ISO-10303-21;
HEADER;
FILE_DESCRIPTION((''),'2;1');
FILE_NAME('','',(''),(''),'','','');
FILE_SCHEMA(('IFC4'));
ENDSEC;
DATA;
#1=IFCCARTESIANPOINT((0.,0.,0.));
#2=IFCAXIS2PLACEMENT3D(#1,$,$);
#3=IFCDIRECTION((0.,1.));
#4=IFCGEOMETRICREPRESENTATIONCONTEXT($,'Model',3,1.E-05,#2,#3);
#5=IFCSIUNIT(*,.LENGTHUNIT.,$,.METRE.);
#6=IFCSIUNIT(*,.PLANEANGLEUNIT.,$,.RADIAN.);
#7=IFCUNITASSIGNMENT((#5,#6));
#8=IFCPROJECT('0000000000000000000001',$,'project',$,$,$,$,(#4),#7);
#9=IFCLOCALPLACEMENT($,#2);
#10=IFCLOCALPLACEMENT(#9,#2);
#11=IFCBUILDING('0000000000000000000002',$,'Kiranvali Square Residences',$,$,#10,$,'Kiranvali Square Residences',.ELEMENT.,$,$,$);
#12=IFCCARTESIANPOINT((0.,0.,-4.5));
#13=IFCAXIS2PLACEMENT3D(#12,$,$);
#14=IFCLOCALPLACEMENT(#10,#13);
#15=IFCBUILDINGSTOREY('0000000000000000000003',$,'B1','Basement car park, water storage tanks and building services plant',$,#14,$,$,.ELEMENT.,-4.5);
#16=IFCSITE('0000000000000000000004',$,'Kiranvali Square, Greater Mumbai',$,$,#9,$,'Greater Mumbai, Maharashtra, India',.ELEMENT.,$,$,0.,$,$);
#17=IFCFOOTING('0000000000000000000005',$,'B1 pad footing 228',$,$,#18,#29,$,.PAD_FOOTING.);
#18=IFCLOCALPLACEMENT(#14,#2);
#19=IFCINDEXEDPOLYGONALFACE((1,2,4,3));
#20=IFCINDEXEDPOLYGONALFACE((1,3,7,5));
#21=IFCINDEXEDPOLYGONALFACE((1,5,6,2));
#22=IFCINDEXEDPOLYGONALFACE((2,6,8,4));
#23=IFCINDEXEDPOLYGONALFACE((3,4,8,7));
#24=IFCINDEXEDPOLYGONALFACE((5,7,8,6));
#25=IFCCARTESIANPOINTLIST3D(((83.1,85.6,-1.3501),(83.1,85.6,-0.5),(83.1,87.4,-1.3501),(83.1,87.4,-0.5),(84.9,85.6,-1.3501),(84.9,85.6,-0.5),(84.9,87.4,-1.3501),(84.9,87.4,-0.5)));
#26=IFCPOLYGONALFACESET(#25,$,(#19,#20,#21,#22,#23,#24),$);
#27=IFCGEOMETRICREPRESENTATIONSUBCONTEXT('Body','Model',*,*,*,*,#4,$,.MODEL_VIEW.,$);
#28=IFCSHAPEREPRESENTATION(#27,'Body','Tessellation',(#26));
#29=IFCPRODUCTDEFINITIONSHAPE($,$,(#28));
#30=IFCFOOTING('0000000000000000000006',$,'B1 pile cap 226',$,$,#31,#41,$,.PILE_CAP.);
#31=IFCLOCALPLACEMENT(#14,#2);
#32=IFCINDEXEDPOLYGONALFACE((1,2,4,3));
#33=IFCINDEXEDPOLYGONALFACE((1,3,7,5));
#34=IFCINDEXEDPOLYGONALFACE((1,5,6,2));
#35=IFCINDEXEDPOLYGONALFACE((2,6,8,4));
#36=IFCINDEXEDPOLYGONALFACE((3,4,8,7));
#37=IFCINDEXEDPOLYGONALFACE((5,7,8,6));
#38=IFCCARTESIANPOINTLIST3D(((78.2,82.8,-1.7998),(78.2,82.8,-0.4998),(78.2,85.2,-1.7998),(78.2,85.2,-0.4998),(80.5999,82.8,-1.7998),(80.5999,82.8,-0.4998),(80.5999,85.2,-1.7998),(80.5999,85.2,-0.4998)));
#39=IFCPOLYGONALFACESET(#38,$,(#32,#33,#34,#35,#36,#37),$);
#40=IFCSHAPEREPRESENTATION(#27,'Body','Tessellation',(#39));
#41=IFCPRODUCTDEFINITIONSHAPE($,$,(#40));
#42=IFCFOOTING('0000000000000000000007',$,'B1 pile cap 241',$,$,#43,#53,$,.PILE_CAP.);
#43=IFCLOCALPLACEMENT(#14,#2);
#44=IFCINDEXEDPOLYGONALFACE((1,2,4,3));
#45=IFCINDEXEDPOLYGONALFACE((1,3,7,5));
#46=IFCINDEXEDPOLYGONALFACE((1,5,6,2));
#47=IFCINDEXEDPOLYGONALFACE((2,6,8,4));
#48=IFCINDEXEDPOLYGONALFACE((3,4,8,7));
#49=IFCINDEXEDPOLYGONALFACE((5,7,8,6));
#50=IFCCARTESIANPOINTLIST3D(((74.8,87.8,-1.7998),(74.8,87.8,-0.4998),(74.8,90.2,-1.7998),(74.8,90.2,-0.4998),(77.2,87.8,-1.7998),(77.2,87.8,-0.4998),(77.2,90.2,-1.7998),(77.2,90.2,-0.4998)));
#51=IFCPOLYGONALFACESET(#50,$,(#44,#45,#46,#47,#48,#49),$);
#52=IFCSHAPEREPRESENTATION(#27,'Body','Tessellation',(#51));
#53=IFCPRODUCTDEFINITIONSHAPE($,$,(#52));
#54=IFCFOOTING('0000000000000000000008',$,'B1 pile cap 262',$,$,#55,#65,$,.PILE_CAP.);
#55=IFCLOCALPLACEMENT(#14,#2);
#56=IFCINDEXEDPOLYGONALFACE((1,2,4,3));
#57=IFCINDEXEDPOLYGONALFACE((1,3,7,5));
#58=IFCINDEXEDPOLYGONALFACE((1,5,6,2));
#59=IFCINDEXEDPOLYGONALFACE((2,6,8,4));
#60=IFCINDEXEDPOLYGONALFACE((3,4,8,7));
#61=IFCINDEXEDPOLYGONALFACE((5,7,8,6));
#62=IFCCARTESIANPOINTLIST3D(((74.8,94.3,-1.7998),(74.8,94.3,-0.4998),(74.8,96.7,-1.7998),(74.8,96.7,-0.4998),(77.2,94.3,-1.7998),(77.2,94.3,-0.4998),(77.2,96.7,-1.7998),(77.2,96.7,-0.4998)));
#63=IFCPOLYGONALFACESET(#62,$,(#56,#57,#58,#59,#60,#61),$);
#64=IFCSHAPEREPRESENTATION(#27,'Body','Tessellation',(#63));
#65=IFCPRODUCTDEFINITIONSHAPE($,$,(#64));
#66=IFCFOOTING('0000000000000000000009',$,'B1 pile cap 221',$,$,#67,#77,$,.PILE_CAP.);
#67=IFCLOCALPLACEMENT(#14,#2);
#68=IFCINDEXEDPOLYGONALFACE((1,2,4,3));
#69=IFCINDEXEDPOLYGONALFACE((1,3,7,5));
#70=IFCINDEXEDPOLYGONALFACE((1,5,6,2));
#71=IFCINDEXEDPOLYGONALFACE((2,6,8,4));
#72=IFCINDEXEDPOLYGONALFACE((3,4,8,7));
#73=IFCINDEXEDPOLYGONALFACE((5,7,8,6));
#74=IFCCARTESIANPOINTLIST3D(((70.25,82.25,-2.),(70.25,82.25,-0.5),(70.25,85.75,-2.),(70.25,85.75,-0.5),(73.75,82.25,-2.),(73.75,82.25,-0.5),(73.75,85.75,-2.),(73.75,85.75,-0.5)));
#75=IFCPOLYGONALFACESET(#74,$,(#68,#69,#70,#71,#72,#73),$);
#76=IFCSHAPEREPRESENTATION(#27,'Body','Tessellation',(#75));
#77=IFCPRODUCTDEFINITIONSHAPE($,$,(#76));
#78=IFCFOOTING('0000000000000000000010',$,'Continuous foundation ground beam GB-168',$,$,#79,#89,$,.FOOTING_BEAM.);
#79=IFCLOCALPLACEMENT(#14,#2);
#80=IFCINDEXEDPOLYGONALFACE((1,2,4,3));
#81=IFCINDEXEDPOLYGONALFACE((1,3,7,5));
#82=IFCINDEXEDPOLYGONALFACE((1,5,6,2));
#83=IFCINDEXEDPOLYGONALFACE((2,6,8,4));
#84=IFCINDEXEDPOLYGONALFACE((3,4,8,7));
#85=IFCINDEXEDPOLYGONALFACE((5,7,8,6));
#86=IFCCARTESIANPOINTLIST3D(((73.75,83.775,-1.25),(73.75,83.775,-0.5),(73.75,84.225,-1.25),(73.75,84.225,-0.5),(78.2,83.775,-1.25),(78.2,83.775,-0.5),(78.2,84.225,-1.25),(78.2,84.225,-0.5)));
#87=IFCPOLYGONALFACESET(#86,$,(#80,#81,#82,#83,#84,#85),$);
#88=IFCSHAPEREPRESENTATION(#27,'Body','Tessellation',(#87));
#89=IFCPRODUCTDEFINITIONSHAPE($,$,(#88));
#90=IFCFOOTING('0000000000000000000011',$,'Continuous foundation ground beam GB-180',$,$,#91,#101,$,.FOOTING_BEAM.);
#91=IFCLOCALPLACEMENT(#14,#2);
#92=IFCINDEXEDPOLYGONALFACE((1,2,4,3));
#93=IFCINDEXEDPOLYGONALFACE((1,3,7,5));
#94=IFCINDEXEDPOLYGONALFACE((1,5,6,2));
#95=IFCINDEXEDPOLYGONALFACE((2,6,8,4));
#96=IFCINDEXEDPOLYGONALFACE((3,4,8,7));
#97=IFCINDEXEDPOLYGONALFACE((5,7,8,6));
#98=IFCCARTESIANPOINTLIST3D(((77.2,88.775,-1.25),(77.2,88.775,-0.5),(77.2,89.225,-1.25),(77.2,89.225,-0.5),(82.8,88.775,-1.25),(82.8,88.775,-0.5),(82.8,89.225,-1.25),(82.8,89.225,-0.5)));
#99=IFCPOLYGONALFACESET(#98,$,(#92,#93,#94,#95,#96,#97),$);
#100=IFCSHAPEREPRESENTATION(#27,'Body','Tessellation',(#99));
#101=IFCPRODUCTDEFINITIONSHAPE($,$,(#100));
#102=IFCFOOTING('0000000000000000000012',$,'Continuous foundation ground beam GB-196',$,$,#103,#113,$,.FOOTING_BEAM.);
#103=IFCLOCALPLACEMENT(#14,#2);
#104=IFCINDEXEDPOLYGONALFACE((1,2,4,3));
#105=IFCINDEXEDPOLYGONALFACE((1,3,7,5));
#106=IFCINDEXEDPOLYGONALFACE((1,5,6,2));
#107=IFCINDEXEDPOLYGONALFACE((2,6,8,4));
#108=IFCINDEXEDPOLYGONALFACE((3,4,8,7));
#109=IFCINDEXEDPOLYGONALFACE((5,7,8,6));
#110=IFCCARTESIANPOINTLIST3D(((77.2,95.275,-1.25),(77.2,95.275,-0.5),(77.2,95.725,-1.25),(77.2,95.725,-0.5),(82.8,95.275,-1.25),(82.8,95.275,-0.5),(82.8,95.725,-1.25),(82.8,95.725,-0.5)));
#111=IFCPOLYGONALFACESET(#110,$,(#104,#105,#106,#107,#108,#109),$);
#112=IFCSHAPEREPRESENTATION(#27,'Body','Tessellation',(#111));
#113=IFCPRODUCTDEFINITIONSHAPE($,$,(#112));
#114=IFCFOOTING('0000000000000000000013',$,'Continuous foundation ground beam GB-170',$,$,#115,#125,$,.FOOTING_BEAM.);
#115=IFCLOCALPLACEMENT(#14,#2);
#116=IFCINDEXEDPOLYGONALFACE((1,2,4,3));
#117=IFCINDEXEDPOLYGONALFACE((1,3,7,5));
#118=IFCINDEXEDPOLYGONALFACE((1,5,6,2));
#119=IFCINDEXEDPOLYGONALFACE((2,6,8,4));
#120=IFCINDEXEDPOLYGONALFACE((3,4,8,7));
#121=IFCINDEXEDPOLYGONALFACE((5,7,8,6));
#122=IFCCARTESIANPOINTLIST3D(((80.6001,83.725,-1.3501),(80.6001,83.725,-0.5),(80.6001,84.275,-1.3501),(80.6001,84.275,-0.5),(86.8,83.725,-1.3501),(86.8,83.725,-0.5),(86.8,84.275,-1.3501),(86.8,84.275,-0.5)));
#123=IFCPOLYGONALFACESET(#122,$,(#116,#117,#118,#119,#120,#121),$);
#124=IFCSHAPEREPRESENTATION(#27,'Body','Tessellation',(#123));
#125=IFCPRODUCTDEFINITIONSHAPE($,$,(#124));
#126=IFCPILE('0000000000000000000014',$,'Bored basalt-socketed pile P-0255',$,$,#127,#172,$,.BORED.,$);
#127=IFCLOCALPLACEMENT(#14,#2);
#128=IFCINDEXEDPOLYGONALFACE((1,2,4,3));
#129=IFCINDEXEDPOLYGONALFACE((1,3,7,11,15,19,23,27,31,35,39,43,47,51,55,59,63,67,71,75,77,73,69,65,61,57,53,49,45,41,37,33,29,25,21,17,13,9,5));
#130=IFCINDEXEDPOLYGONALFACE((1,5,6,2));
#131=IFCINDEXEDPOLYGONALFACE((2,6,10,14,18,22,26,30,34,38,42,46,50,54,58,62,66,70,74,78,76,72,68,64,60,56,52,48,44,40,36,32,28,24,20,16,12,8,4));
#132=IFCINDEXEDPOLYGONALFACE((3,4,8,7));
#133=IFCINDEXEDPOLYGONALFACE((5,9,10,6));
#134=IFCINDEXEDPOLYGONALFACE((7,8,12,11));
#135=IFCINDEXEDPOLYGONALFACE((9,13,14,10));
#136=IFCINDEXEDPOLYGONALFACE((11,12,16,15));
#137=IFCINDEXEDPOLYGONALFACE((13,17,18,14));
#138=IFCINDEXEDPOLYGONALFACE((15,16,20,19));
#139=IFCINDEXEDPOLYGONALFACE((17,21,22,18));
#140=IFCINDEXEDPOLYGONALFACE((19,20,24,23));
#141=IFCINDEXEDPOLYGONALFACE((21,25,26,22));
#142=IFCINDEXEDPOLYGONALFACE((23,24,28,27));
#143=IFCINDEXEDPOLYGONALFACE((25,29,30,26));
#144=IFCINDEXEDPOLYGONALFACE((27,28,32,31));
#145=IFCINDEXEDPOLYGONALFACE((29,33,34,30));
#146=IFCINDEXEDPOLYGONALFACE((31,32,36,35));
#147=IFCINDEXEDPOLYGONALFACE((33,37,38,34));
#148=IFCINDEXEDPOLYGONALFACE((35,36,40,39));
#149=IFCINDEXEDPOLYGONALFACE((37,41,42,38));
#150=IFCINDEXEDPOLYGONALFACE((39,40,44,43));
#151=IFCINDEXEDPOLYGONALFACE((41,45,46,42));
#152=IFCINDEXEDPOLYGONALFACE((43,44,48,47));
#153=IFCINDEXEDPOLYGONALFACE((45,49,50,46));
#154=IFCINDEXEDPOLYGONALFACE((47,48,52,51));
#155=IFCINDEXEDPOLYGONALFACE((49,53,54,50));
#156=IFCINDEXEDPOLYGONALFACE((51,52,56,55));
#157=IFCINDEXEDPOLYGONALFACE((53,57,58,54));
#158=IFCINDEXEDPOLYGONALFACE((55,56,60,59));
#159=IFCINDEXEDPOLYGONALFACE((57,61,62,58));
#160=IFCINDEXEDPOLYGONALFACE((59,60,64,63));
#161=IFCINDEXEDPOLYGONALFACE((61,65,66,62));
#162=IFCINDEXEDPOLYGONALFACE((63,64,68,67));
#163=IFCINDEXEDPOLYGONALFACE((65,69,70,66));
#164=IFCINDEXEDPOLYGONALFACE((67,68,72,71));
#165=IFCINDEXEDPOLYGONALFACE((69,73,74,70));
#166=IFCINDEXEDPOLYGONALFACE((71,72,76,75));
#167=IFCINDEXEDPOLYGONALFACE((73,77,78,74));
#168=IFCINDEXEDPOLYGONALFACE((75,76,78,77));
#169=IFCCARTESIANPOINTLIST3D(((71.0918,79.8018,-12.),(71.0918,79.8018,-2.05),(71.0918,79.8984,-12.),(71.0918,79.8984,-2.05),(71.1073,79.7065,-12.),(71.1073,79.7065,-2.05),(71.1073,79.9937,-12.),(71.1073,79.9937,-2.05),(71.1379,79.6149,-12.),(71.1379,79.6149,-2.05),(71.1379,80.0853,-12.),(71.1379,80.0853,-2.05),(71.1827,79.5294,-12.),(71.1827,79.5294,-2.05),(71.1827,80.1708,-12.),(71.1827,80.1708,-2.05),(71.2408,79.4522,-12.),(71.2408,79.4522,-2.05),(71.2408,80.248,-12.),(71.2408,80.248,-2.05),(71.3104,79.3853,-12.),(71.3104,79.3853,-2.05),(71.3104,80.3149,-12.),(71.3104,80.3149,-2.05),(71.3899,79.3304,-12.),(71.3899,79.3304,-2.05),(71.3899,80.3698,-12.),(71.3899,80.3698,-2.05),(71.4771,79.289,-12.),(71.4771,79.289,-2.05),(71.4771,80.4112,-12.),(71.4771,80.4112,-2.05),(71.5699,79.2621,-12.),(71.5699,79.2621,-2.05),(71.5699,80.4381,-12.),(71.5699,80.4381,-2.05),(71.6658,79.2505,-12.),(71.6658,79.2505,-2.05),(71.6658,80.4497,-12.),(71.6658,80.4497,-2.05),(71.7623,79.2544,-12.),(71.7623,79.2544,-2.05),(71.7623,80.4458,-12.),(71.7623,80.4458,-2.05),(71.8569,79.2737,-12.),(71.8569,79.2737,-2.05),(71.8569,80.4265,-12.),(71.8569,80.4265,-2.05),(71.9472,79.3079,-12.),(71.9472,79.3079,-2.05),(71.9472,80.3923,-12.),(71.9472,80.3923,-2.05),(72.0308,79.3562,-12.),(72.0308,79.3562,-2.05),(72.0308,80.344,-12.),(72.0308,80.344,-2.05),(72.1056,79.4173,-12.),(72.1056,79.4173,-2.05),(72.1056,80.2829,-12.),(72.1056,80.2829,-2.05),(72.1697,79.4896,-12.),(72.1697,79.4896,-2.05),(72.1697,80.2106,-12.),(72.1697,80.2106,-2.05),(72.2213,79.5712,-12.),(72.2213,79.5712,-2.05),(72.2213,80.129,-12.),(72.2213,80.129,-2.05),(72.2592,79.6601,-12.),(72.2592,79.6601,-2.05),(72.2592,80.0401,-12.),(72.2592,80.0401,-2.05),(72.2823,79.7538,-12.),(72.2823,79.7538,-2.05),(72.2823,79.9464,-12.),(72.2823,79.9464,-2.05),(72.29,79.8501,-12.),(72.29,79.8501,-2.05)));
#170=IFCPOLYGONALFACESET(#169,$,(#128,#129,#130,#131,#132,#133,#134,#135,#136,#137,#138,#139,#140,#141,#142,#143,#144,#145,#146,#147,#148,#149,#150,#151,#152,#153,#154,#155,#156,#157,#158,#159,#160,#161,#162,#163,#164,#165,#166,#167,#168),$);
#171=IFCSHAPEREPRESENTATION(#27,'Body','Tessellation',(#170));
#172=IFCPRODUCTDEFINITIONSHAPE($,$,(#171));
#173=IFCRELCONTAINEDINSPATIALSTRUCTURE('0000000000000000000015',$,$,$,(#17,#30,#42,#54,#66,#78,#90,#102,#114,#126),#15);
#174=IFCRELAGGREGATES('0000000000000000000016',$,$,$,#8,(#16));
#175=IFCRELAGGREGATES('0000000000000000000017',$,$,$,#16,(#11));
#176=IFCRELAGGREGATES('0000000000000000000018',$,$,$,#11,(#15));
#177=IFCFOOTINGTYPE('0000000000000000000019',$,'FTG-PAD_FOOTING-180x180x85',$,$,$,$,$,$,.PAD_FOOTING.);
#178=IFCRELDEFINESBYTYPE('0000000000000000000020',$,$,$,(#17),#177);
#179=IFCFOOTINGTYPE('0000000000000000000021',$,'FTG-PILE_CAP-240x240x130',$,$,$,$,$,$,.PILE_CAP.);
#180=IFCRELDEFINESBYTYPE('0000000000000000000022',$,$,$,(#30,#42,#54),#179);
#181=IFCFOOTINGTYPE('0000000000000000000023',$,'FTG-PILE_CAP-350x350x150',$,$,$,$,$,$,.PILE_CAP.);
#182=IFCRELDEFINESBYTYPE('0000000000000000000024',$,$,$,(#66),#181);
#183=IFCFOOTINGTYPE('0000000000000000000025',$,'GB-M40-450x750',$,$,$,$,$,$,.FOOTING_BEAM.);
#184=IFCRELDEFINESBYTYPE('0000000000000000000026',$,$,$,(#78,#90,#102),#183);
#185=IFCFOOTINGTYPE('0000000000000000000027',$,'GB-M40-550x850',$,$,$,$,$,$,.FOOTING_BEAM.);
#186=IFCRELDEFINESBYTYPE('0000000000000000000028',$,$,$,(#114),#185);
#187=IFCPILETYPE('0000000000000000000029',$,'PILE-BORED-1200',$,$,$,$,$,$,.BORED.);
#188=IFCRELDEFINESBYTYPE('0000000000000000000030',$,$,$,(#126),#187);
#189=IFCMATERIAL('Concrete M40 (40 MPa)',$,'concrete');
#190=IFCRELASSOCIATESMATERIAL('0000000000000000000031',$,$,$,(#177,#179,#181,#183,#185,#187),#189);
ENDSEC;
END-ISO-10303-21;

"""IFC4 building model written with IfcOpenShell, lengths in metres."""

from ifc_helpers import new_model, si_unit, direction, frame, origin, origin_2d, place, context, subcontext, project, spatial, rectangle, circle, extrude, material, material_profile, profile_set, type_object, element, save


model = new_model("IFC4")

# Units and contexts
model_context = context("Model", 3, precision=1e-05, world=origin(), true_north=direction((0.0, 1.0)))
body_context = subcontext(model_context, "Body", "Model", "MODEL_VIEW")
ifc_project = project(units=[si_unit("LENGTHUNIT", "METRE"), si_unit("PLANEANGLEUNIT", "RADIAN")], contexts=[model_context])

# Site, building, storey
site_placement = place(None, origin())
site = spatial("IfcSite", under=ifc_project, at=site_placement, Name="Kiranvali Square, Greater Mumbai", LongName="Greater Mumbai, Maharashtra, India", CompositionType="ELEMENT", RefElevation=0.0)
building_placement = place(site_placement, origin())
building = spatial("IfcBuilding", under=site, at=building_placement, Name="Kiranvali Square Residences", LongName="Kiranvali Square Residences", CompositionType="ELEMENT")
storey_placement = place(building_placement, frame((0.0, 0.0, -4.5)))
storey = spatial("IfcBuildingStorey", under=building, at=storey_placement, Name="B1", Description="Basement car park, water storage tanks and building services plant", CompositionType="ELEMENT", Elevation=-4.5)

# Footings
ifc_material_1 = material(Name="Concrete M40 (40 MPa)", Category="concrete")
footing_type_1 = type_object("IfcFootingType", Name="FTG-PAD_FOOTING-180x180x85", PredefinedType="PAD_FOOTING", material=ifc_material_1)
footing_1_placement = place(storey_placement, frame((84.0, 86.5, -1.3501), z_axis=(0.0, 0.0, 1.0), x_axis=(1.0, 0.0, 0.0)))
element("IfcFooting", 1, at=footing_1_placement, inside=storey, type_object=footing_type_1, Name="B1 pad footing 228", PredefinedType="PAD_FOOTING", context=body_context, shape_type="SweptSolid", body=[
    extrude(rectangle(XDim=1.8, YDim=1.8, at=origin_2d()), origin(), (0.0, 0.0, 1.0), 0.8501),
])
footing_type_2 = type_object("IfcFootingType", Name="FTG-PILE_CAP-240x240x130", PredefinedType="PILE_CAP", material=ifc_material_1)
for number, where, z_axis, x_axis, name in (
    (2, (79.3999, 84.0, -1.7998), (0.0, 0.0, 1.0), (1.0, 0.0, 0.0), "B1 pile cap 226"),
    (3, (76.0, 89.0, -1.7998), (0.0, 0.0, 1.0), (1.0, 0.0, 0.0), "B1 pile cap 241"),
    (4, (76.0, 95.5, -1.7998), (0.0, 0.0, 1.0), (1.0, 0.0, 0.0), "B1 pile cap 262"),
):
    element("IfcFooting", number, at=place(storey_placement, frame(where, z_axis=z_axis, x_axis=x_axis)), inside=storey, type_object=footing_type_2, Name=name, PredefinedType="PILE_CAP", context=body_context, shape_type="SweptSolid", body=[
        extrude(rectangle(XDim=2.3999, YDim=2.3999, at=origin_2d()), origin(), (0.0, 0.0, 1.0), 1.3),
    ])
footing_type_3 = type_object("IfcFootingType", Name="FTG-PILE_CAP-350x350x150", PredefinedType="PILE_CAP", material=ifc_material_1)
footing_2_placement = place(storey_placement, frame((72.0, 84.0, -2.0), z_axis=(0.0, 0.0, 1.0), x_axis=(1.0, 0.0, 0.0)))
element("IfcFooting", 5, at=footing_2_placement, inside=storey, type_object=footing_type_3, Name="B1 pile cap 221", PredefinedType="PILE_CAP", context=body_context, shape_type="SweptSolid", body=[
    extrude(rectangle(XDim=3.5, YDim=3.5, at=origin_2d()), origin(), (0.0, 0.0, 1.0), 1.5),
])
ifc_material_profile_1 = material_profile(ifc_material_1, rectangle(XDim=0.45, YDim=0.75, at=origin_2d()), Name="GB 450x750")
ifc_profile_set_1 = profile_set([ifc_material_profile_1], Name="Concrete M40 (40 MPa)")
footing_type_4 = type_object("IfcFootingType", Name="GB-M40-450x750", PredefinedType="FOOTING_BEAM", material=ifc_profile_set_1)
footing_3_placement = place(storey_placement, frame((73.75, 84.0, -0.875), z_axis=(1.0, 0.0, 0.0), x_axis=(0.0, 1.0, 0.0)))
element("IfcFooting", 6, at=footing_3_placement, inside=storey, type_object=footing_type_4, Name="Continuous foundation ground beam GB-168", PredefinedType="FOOTING_BEAM", context=body_context, shape_type="SweptSolid", body=[
    extrude(rectangle(XDim=0.45, YDim=0.75, at=origin_2d()), origin(), (0.0, 0.0, 1.0), 4.45),
])
for number, where, z_axis, x_axis, name in (
    (7, (77.2, 89.0, -0.875), (1.0, 0.0, 0.0), (0.0, 1.0, 0.0), "Continuous foundation ground beam GB-180"),
    (8, (77.2, 95.5, -0.875), (1.0, 0.0, 0.0), (0.0, 1.0, 0.0), "Continuous foundation ground beam GB-196"),
):
    element("IfcFooting", number, at=place(storey_placement, frame(where, z_axis=z_axis, x_axis=x_axis)), inside=storey, type_object=footing_type_4, Name=name, PredefinedType="FOOTING_BEAM", context=body_context, shape_type="SweptSolid", body=[
        extrude(rectangle(XDim=0.45, YDim=0.75, at=origin_2d()), origin(), (0.0, 0.0, 1.0), 5.6001),
    ])
ifc_material_profile_2 = material_profile(ifc_material_1, rectangle(XDim=0.55, YDim=0.8501, at=origin_2d()), Name="GB 550x850")
ifc_profile_set_2 = profile_set([ifc_material_profile_2], Name="Concrete M40 (40 MPa)")
footing_type_5 = type_object("IfcFootingType", Name="GB-M40-550x850", PredefinedType="FOOTING_BEAM", material=ifc_profile_set_2)
footing_4_placement = place(storey_placement, frame((80.6001, 84.0, -0.925), z_axis=(1.0, 0.0, 0.0), x_axis=(0.0, 1.0, 0.0)))
element("IfcFooting", 9, at=footing_4_placement, inside=storey, type_object=footing_type_5, Name="Continuous foundation ground beam GB-170", PredefinedType="FOOTING_BEAM", context=body_context, shape_type="SweptSolid", body=[
    extrude(rectangle(XDim=0.55, YDim=0.8501, at=origin_2d()), origin(), (0.0, 0.0, 1.0), 6.2),
])

# Pile
ifc_material_profile_3 = material_profile(ifc_material_1, circle(Radius=0.6001, at=origin_2d()), Name="BORED PILE 1200")
ifc_profile_set_3 = profile_set([ifc_material_profile_3], Name="Concrete M40 (40 MPa)")
pile_type_1 = type_object("IfcPileType", Name="PILE-BORED-1200", PredefinedType="BORED", material=ifc_profile_set_3)
pile_1_placement = place(storey_placement, frame((71.6899, 79.8501, -2.05), z_axis=(0.0, 0.0, -1.0), x_axis=(1.0, 0.0, 0.0)))
element("IfcPile", 10, at=pile_1_placement, inside=storey, type_object=pile_type_1, Name="Bored basalt-socketed pile P-0255", PredefinedType="BORED", context=body_context, shape_type="SweptSolid", body=[
    extrude(circle(Radius=0.6001, at=origin_2d()), origin(), (0.0, 0.0, 1.0), 9.95),
])

save(model, "model.ifc")
